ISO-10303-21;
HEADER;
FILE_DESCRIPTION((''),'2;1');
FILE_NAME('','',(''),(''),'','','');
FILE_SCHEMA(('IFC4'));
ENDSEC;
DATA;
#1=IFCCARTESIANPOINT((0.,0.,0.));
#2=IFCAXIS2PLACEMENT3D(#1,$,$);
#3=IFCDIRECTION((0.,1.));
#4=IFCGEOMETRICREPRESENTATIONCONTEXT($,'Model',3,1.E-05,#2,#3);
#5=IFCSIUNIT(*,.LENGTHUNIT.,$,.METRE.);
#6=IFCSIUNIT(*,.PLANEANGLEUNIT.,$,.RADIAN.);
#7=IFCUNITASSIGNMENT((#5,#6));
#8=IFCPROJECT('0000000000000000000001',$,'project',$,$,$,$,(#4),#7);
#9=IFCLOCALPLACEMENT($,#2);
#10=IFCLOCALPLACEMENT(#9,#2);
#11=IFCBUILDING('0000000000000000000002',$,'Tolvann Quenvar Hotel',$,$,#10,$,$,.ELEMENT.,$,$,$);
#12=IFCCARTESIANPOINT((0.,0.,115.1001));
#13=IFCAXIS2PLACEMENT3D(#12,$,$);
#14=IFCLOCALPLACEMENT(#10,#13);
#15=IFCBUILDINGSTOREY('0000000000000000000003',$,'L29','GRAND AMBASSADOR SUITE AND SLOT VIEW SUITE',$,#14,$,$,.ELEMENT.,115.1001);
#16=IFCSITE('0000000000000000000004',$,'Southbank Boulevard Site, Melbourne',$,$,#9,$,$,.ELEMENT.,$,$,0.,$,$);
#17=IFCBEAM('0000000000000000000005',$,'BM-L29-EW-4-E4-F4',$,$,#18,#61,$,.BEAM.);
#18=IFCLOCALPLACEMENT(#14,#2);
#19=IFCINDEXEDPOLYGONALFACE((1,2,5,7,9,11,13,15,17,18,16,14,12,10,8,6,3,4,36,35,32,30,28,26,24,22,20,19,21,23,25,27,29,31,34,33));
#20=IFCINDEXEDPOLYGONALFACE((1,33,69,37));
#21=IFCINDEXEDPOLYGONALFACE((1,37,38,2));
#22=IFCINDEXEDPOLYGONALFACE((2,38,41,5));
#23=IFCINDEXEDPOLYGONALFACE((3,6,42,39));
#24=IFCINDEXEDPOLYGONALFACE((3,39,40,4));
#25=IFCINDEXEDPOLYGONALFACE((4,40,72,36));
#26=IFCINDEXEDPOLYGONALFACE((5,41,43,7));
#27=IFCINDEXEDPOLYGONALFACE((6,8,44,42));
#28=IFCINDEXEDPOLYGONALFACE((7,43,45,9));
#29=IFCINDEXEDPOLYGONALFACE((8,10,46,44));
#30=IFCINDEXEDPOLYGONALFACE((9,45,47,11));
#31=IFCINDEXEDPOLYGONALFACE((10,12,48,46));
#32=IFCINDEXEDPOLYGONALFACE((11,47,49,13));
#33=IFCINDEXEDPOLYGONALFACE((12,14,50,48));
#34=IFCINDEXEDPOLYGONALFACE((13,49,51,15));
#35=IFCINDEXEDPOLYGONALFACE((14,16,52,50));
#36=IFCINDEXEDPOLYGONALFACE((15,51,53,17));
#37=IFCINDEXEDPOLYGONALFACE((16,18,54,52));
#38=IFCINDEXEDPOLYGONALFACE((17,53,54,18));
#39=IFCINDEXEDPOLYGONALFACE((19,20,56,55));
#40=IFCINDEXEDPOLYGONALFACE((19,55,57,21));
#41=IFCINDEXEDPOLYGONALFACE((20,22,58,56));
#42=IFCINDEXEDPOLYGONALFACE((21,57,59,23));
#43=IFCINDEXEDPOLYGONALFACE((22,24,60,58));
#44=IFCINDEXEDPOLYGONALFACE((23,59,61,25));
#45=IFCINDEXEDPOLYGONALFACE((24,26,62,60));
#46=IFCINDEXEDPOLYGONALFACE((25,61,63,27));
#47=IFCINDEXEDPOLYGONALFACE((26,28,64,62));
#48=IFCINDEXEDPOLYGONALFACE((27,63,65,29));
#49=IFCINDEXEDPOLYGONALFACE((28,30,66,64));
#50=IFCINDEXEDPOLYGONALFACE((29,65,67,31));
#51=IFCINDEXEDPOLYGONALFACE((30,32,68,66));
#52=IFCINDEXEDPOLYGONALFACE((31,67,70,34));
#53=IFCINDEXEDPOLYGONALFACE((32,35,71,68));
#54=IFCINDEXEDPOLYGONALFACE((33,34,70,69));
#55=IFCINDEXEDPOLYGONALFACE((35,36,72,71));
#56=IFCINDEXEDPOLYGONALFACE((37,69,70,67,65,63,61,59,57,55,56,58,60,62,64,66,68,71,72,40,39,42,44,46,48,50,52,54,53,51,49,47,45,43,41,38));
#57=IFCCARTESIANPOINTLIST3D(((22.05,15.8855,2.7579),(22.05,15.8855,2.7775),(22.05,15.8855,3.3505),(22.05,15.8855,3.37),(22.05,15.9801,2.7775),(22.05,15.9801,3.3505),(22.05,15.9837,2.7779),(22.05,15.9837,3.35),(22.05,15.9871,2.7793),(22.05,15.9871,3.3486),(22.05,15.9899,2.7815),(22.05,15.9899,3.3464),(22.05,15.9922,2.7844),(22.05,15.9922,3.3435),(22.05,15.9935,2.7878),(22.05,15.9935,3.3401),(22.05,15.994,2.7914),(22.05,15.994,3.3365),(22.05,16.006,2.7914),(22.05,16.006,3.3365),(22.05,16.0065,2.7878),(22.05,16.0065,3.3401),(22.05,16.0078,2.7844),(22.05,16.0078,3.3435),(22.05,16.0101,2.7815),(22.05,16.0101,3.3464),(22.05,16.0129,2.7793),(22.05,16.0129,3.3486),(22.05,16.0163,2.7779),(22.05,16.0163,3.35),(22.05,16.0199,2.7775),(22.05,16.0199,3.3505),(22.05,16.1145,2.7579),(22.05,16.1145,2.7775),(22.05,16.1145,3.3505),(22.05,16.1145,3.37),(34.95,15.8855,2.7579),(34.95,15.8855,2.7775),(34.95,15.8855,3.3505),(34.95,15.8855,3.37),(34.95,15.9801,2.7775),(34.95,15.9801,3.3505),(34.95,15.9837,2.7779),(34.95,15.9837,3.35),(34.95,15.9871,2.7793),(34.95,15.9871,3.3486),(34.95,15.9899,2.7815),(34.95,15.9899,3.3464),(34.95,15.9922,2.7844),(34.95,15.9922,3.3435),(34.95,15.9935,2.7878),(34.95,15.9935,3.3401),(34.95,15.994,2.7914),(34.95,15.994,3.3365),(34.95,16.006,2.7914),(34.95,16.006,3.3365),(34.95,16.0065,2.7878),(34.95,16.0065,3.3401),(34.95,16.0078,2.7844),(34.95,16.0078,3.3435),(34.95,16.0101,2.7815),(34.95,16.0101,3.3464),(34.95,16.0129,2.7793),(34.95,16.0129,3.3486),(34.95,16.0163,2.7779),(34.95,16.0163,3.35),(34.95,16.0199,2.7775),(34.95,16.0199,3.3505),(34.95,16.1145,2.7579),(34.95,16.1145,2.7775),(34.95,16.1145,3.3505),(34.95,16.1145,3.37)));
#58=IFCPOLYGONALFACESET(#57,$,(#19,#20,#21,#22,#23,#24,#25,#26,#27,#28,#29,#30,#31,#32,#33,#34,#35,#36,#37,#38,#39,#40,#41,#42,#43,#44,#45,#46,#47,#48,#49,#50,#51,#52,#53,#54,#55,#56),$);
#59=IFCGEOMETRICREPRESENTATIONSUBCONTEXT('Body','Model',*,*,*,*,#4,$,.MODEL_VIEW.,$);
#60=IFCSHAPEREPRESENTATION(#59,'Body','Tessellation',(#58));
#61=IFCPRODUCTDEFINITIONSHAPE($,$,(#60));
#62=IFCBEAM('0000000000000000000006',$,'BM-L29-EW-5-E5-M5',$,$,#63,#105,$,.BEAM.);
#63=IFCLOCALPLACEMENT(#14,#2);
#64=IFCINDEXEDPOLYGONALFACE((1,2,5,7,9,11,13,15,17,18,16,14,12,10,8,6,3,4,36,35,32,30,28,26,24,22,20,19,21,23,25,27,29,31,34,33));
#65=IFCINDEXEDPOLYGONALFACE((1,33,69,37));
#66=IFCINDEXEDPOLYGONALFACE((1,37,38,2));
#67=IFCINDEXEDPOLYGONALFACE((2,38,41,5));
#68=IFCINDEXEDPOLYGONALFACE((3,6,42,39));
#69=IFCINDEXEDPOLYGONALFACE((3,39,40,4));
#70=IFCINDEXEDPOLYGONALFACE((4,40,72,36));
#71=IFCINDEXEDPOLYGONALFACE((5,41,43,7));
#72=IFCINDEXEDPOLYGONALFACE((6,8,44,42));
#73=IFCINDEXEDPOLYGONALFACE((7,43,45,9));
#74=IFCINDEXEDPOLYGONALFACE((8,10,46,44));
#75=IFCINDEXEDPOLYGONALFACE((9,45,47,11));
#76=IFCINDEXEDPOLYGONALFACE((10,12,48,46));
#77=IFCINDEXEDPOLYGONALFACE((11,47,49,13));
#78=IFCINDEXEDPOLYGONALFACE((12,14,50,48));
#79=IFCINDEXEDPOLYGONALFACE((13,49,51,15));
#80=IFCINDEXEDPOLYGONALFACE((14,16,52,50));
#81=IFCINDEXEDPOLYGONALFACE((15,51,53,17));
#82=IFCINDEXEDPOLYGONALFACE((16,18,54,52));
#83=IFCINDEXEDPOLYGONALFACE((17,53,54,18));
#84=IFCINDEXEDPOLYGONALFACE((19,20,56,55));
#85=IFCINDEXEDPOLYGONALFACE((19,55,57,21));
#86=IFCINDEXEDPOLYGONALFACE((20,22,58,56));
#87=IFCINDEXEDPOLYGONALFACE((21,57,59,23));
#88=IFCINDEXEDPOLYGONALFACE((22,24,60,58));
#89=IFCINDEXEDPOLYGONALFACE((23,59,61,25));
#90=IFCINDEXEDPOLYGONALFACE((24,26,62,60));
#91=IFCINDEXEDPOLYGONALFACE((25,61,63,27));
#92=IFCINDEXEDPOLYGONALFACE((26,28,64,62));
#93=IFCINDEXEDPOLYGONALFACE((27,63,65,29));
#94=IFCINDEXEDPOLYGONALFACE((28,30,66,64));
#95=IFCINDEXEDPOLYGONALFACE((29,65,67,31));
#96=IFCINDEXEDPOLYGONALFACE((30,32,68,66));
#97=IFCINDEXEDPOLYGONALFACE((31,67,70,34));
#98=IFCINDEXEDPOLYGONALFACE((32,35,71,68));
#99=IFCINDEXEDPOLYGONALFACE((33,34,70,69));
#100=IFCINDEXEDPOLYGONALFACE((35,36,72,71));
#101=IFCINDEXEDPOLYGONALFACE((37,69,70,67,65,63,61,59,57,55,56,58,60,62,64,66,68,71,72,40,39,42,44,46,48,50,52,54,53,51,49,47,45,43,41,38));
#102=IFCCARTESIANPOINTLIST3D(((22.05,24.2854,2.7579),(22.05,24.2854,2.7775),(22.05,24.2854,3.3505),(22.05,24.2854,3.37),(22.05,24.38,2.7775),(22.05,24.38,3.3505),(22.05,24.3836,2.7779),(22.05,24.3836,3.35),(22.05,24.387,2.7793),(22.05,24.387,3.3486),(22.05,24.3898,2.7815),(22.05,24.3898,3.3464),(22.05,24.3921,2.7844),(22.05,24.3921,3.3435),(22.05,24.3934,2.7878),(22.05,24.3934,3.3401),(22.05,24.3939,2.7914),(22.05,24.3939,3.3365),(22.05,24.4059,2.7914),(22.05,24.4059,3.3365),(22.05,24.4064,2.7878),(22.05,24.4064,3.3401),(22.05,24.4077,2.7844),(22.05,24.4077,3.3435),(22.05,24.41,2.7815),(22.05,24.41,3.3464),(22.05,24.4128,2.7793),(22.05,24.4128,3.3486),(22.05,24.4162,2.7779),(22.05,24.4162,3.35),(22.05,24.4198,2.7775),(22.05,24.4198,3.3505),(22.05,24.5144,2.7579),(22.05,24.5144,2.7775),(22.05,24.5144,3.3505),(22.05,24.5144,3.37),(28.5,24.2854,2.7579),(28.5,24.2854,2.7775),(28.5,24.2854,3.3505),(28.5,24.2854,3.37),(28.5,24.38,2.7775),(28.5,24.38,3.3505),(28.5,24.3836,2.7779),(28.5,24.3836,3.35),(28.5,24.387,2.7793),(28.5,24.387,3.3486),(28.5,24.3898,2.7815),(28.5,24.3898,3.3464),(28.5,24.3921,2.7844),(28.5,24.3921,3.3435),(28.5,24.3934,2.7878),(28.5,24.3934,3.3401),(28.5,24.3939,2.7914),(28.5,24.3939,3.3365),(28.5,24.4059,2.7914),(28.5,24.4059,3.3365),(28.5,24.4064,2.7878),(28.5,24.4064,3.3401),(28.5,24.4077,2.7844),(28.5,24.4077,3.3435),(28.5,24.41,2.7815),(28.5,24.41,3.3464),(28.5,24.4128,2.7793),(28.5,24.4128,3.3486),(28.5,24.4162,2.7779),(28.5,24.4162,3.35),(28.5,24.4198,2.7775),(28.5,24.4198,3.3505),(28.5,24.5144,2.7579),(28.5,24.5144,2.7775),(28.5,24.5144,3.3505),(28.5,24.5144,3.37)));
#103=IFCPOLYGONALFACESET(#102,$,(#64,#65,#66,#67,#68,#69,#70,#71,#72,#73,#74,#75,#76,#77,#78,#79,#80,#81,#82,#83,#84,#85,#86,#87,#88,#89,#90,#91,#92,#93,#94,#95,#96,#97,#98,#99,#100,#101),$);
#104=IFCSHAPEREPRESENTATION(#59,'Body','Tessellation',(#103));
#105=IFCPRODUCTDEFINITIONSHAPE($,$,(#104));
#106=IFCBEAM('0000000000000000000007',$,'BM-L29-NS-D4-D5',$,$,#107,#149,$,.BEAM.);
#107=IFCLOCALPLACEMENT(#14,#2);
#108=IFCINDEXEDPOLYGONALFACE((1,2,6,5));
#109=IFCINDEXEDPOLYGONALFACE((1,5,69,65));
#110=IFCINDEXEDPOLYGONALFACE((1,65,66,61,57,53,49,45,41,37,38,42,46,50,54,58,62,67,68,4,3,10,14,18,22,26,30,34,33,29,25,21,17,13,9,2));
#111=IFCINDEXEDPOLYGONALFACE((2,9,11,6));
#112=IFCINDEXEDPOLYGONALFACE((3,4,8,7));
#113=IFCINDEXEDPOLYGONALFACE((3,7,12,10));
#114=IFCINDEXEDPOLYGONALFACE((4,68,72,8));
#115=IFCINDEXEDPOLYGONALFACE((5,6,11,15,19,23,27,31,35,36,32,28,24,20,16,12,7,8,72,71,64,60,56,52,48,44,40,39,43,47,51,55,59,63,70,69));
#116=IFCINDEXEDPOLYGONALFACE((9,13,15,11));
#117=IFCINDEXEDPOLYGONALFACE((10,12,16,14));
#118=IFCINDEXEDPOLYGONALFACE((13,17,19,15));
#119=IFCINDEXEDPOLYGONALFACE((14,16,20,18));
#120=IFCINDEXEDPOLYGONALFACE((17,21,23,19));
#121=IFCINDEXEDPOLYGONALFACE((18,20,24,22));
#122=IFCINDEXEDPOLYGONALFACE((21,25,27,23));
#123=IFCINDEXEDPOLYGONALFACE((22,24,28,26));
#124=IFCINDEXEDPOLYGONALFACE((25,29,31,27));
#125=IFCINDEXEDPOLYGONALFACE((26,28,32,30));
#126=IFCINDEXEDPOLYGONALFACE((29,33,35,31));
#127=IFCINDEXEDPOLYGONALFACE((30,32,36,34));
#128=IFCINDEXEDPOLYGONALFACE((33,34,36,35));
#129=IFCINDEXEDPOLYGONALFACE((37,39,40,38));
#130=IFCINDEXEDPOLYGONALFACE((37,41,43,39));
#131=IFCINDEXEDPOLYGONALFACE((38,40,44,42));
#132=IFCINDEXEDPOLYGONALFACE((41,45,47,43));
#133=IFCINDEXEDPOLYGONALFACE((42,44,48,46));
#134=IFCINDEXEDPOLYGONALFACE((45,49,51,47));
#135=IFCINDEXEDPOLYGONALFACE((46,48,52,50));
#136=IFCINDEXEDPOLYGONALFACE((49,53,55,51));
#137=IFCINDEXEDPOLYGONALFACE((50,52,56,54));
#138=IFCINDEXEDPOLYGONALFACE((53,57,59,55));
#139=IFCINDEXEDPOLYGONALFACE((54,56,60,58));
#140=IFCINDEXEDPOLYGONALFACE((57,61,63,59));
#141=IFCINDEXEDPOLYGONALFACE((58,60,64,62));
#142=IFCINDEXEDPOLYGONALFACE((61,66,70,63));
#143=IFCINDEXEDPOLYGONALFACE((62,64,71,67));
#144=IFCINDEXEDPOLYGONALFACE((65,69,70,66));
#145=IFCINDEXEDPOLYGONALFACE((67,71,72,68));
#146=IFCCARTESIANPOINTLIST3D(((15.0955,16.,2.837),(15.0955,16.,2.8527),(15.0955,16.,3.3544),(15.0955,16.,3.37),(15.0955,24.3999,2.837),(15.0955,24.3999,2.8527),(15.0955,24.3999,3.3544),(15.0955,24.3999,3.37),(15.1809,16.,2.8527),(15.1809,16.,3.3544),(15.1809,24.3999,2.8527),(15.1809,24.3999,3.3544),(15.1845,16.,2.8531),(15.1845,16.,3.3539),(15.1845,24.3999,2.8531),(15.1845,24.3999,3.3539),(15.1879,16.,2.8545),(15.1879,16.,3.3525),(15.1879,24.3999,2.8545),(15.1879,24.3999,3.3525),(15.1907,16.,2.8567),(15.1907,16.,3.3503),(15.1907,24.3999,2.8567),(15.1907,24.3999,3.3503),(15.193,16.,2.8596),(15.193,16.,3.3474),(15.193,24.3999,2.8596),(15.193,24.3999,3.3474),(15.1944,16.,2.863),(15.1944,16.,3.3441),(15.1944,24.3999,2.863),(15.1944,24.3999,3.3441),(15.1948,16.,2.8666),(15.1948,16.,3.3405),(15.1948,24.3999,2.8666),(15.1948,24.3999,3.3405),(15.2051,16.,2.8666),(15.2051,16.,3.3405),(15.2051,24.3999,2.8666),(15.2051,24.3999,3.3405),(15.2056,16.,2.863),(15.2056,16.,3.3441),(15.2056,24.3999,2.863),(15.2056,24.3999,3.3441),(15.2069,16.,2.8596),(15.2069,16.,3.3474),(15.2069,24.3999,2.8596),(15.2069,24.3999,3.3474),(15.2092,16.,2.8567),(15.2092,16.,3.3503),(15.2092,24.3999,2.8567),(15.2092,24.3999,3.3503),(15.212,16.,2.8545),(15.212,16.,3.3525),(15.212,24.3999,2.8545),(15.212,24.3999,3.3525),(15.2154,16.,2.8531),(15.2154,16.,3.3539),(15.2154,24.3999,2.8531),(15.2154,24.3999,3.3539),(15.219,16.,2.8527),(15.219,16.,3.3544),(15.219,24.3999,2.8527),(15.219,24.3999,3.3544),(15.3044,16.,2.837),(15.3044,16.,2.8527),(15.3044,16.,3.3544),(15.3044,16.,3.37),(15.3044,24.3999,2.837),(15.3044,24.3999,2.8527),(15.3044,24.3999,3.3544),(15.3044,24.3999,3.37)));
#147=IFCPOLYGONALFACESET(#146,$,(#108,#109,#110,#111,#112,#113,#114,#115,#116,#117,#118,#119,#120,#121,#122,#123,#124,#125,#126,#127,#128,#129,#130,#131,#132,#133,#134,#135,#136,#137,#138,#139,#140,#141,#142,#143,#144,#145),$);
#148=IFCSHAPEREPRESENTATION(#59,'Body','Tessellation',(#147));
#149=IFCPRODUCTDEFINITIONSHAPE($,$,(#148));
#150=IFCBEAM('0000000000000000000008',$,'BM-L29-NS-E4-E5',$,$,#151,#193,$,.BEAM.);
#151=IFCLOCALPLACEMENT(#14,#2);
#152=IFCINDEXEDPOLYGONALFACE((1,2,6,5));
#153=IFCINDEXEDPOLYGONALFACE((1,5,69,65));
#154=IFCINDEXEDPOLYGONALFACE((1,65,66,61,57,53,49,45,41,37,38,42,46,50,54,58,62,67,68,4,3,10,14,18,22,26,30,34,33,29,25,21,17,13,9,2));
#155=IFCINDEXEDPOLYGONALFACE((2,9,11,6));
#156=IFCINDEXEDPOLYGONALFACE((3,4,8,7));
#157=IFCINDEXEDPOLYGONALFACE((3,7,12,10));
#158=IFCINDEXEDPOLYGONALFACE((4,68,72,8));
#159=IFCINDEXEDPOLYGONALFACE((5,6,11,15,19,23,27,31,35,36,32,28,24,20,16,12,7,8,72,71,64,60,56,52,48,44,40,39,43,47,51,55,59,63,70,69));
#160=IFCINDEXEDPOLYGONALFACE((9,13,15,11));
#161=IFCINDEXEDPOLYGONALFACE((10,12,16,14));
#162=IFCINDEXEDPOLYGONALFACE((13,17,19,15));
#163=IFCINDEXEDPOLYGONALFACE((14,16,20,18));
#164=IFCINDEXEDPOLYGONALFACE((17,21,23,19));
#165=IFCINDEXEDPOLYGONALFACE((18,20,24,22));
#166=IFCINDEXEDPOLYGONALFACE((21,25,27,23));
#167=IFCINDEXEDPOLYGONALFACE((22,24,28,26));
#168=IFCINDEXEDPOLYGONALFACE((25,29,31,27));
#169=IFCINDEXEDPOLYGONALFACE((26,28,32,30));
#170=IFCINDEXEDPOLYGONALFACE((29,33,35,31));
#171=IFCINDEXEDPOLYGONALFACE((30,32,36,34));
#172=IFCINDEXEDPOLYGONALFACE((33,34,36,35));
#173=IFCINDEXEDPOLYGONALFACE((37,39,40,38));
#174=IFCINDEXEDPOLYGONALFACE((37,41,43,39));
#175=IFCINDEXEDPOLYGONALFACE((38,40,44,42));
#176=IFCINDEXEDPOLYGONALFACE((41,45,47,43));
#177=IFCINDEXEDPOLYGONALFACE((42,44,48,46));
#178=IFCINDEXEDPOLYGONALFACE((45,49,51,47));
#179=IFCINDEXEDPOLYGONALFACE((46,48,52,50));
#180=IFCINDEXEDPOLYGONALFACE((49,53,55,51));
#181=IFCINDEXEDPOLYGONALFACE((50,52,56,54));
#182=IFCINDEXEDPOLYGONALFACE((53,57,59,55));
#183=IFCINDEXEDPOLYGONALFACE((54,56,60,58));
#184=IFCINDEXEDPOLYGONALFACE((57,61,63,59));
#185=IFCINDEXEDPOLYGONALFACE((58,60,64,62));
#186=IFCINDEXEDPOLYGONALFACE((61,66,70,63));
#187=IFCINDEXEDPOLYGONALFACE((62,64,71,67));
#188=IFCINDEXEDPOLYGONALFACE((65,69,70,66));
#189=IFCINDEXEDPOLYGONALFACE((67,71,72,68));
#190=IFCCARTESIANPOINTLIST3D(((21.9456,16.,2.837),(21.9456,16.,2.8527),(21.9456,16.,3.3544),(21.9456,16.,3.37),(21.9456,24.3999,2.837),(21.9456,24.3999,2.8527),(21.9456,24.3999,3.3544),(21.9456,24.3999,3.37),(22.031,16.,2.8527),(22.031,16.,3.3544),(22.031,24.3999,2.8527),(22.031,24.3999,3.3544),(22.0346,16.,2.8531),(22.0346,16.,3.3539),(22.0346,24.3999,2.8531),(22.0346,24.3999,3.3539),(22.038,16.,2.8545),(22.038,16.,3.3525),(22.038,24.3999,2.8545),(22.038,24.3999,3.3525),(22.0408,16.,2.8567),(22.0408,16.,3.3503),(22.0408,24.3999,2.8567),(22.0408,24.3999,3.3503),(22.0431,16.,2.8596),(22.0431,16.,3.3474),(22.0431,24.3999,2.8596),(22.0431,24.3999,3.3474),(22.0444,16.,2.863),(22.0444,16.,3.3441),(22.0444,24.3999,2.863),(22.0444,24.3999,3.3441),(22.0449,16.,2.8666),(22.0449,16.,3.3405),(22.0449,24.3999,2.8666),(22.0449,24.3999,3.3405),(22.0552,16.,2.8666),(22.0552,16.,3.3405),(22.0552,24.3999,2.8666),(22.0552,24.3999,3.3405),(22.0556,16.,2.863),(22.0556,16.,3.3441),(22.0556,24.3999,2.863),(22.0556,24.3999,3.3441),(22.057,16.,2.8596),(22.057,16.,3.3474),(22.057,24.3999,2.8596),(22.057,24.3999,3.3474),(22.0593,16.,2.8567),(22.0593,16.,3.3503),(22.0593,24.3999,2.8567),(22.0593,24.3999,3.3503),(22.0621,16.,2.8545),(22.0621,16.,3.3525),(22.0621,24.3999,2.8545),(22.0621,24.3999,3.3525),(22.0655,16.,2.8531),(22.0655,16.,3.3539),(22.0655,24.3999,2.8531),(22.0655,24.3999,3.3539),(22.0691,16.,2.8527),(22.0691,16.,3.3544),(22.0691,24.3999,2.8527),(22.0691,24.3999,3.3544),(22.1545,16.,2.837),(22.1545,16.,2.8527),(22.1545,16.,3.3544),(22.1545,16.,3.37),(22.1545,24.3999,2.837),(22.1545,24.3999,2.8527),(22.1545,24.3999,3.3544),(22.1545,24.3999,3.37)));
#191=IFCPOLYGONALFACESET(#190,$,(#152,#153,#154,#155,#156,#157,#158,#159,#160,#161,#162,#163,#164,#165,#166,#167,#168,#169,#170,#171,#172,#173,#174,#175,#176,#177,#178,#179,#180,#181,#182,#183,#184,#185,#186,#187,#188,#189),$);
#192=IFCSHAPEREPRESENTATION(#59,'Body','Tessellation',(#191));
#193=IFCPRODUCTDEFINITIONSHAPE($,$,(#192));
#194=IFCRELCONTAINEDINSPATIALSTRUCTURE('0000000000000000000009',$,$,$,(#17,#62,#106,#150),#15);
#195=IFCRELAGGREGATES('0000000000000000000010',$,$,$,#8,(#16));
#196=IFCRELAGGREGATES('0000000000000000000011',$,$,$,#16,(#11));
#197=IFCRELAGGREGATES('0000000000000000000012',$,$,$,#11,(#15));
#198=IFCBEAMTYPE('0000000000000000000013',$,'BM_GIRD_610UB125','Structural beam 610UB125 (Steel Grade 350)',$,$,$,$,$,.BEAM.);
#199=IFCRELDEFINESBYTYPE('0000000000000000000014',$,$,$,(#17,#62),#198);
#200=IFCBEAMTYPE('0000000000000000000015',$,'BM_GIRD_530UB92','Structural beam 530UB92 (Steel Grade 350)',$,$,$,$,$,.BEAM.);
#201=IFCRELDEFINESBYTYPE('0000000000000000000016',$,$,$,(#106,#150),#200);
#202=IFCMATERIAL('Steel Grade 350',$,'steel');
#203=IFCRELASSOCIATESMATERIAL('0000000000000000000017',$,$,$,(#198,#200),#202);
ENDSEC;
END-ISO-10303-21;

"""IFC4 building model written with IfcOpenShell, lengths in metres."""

from ifc_helpers import new_model, si_unit, direction, frame, origin, origin_2d, place, context, subcontext, project, spatial, i_section, extrude, source, transform, mapped, material, material_profile, profile_set, type_object, type_shapes, element, save


model = new_model("IFC4")

# Units and contexts
model_context = context("Model", 3, precision=1e-05, world=origin(), true_north=direction((0.0, 1.0)))
body_context = subcontext(model_context, "Body", "Model", "MODEL_VIEW")
ifc_project = project(units=[si_unit("LENGTHUNIT", "METRE"), si_unit("PLANEANGLEUNIT", "RADIAN")], contexts=[model_context])

# Site, building, storey
site_placement = place(None, origin())
site = spatial("IfcSite", under=ifc_project, at=site_placement, Name="Southbank Boulevard Site, Melbourne", CompositionType="ELEMENT", RefElevation=0.0)
building_placement = place(site_placement, origin())
building = spatial("IfcBuilding", under=site, at=building_placement, Name="Tolvann Quenvar Hotel", CompositionType="ELEMENT")
storey_placement = place(building_placement, frame((0.0, 0.0, 115.1001)))
storey = spatial("IfcBuildingStorey", under=building, at=storey_placement, Name="L29", Description="GRAND AMBASSADOR SUITE AND SLOT VIEW SUITE", CompositionType="ELEMENT", Elevation=115.1001)

# Shared definitions
ifc_material_1 = material(Name="Steel Grade 350", Category="steel")

# Beams
ifc_material_profile_1 = material_profile(ifc_material_1, i_section(OverallWidth=0.229, OverallDepth=0.6121, WebThickness=0.012, FlangeThickness=0.0195, FilletRadius=0.0139, at=origin_2d()), Name="610UB125")
ifc_profile_set_1 = profile_set([ifc_material_profile_1], Name="Steel Grade 350")
beam_type_1 = type_object("IfcBeamType", Name="BM_GIRD_610UB125", Description="Structural beam 610UB125 (Steel Grade 350)", PredefinedType="BEAM", material=ifc_profile_set_1)
shared_shape_1 = source(origin(), body_context, "Body", "SweptSolid", [
    extrude(i_section(OverallWidth=0.229, OverallDepth=0.6121, WebThickness=0.012, FlangeThickness=0.0195, FilletRadius=0.0139, at=origin_2d()), origin(), (0.0, 0.0, 1.0), 12.8999),
])
beam_1_placement = place(storey_placement, frame((22.05, 16.0, 3.064), z_axis=(1.0, 0.0, 0.0), x_axis=(0.0, 1.0, 0.0)))
element("IfcBeam", 1, at=beam_1_placement, inside=storey, type_object=beam_type_1, Name="BM-L29-EW-4-E4-F4", PredefinedType="BEAM", context=body_context, shape_type="MappedRepresentation", body=[
    mapped(shared_shape_1, transform((0.0, 0.0, 0.0), x_axis=(1.0, 0.0, 0.0), y_axis=(0.0, 1.0, 0.0), z_axis=(0.0, 0.0, 1.0), scale=1.0)),
])
shared_shape_2 = source(origin(), body_context, "Body", "SweptSolid", [
    extrude(i_section(OverallWidth=0.229, OverallDepth=0.6121, WebThickness=0.012, FlangeThickness=0.0195, FilletRadius=0.0139, at=origin_2d()), origin(), (0.0, 0.0, 1.0), 6.45),
])
beam_2_placement = place(storey_placement, frame((22.05, 24.3999, 3.064), z_axis=(1.0, 0.0, 0.0), x_axis=(0.0, 1.0, 0.0)))
element("IfcBeam", 2, at=beam_2_placement, inside=storey, type_object=beam_type_1, Name="BM-L29-EW-5-E5-M5", PredefinedType="BEAM", context=body_context, shape_type="MappedRepresentation", body=[
    mapped(shared_shape_2, transform((0.0, 0.0, 0.0), x_axis=(1.0, 0.0, 0.0), y_axis=(0.0, 1.0, 0.0), z_axis=(0.0, 0.0, 1.0), scale=1.0)),
])
ifc_material_profile_2 = material_profile(ifc_material_1, i_section(OverallWidth=0.209, OverallDepth=0.533, WebThickness=0.0103, FlangeThickness=0.0156, FilletRadius=0.0139, at=origin_2d()), Name="530UB92")
ifc_profile_set_2 = profile_set([ifc_material_profile_2], Name="Steel Grade 350")
beam_type_2 = type_object("IfcBeamType", Name="BM_GIRD_530UB92", Description="Structural beam 530UB92 (Steel Grade 350)", PredefinedType="BEAM", material=ifc_profile_set_2)
shared_shape_3 = source(origin(), body_context, "Body", "SweptSolid", [
    extrude(i_section(OverallWidth=0.209, OverallDepth=0.533, WebThickness=0.0103, FlangeThickness=0.0156, FilletRadius=0.0139, at=origin_2d()), origin(), (0.0, 0.0, 1.0), 8.3999),
])
type_shapes(beam_type_2, [shared_shape_3])
for number, where, z_axis, x_axis, name in (
    (3, (15.2, 16.0, 3.1035), (0.0, 1.0, 0.0), (-1.0, 0.0, 0.0), "BM-L29-NS-D4-D5"),
    (4, (22.05, 16.0, 3.1035), (0.0, 1.0, 0.0), (-1.0, 0.0, 0.0), "BM-L29-NS-E4-E5"),
):
    element("IfcBeam", number, at=place(storey_placement, frame(where, z_axis=z_axis, x_axis=x_axis)), inside=storey, type_object=beam_type_2, Name=name, PredefinedType="BEAM", context=body_context, shape_type="MappedRepresentation", body=[
        mapped(shared_shape_3, transform((0.0, 0.0, 0.0), x_axis=(1.0, 0.0, 0.0), y_axis=(0.0, 1.0, 0.0), z_axis=(0.0, 0.0, 1.0), scale=1.0)),
    ])

save(model, "model.ifc")
